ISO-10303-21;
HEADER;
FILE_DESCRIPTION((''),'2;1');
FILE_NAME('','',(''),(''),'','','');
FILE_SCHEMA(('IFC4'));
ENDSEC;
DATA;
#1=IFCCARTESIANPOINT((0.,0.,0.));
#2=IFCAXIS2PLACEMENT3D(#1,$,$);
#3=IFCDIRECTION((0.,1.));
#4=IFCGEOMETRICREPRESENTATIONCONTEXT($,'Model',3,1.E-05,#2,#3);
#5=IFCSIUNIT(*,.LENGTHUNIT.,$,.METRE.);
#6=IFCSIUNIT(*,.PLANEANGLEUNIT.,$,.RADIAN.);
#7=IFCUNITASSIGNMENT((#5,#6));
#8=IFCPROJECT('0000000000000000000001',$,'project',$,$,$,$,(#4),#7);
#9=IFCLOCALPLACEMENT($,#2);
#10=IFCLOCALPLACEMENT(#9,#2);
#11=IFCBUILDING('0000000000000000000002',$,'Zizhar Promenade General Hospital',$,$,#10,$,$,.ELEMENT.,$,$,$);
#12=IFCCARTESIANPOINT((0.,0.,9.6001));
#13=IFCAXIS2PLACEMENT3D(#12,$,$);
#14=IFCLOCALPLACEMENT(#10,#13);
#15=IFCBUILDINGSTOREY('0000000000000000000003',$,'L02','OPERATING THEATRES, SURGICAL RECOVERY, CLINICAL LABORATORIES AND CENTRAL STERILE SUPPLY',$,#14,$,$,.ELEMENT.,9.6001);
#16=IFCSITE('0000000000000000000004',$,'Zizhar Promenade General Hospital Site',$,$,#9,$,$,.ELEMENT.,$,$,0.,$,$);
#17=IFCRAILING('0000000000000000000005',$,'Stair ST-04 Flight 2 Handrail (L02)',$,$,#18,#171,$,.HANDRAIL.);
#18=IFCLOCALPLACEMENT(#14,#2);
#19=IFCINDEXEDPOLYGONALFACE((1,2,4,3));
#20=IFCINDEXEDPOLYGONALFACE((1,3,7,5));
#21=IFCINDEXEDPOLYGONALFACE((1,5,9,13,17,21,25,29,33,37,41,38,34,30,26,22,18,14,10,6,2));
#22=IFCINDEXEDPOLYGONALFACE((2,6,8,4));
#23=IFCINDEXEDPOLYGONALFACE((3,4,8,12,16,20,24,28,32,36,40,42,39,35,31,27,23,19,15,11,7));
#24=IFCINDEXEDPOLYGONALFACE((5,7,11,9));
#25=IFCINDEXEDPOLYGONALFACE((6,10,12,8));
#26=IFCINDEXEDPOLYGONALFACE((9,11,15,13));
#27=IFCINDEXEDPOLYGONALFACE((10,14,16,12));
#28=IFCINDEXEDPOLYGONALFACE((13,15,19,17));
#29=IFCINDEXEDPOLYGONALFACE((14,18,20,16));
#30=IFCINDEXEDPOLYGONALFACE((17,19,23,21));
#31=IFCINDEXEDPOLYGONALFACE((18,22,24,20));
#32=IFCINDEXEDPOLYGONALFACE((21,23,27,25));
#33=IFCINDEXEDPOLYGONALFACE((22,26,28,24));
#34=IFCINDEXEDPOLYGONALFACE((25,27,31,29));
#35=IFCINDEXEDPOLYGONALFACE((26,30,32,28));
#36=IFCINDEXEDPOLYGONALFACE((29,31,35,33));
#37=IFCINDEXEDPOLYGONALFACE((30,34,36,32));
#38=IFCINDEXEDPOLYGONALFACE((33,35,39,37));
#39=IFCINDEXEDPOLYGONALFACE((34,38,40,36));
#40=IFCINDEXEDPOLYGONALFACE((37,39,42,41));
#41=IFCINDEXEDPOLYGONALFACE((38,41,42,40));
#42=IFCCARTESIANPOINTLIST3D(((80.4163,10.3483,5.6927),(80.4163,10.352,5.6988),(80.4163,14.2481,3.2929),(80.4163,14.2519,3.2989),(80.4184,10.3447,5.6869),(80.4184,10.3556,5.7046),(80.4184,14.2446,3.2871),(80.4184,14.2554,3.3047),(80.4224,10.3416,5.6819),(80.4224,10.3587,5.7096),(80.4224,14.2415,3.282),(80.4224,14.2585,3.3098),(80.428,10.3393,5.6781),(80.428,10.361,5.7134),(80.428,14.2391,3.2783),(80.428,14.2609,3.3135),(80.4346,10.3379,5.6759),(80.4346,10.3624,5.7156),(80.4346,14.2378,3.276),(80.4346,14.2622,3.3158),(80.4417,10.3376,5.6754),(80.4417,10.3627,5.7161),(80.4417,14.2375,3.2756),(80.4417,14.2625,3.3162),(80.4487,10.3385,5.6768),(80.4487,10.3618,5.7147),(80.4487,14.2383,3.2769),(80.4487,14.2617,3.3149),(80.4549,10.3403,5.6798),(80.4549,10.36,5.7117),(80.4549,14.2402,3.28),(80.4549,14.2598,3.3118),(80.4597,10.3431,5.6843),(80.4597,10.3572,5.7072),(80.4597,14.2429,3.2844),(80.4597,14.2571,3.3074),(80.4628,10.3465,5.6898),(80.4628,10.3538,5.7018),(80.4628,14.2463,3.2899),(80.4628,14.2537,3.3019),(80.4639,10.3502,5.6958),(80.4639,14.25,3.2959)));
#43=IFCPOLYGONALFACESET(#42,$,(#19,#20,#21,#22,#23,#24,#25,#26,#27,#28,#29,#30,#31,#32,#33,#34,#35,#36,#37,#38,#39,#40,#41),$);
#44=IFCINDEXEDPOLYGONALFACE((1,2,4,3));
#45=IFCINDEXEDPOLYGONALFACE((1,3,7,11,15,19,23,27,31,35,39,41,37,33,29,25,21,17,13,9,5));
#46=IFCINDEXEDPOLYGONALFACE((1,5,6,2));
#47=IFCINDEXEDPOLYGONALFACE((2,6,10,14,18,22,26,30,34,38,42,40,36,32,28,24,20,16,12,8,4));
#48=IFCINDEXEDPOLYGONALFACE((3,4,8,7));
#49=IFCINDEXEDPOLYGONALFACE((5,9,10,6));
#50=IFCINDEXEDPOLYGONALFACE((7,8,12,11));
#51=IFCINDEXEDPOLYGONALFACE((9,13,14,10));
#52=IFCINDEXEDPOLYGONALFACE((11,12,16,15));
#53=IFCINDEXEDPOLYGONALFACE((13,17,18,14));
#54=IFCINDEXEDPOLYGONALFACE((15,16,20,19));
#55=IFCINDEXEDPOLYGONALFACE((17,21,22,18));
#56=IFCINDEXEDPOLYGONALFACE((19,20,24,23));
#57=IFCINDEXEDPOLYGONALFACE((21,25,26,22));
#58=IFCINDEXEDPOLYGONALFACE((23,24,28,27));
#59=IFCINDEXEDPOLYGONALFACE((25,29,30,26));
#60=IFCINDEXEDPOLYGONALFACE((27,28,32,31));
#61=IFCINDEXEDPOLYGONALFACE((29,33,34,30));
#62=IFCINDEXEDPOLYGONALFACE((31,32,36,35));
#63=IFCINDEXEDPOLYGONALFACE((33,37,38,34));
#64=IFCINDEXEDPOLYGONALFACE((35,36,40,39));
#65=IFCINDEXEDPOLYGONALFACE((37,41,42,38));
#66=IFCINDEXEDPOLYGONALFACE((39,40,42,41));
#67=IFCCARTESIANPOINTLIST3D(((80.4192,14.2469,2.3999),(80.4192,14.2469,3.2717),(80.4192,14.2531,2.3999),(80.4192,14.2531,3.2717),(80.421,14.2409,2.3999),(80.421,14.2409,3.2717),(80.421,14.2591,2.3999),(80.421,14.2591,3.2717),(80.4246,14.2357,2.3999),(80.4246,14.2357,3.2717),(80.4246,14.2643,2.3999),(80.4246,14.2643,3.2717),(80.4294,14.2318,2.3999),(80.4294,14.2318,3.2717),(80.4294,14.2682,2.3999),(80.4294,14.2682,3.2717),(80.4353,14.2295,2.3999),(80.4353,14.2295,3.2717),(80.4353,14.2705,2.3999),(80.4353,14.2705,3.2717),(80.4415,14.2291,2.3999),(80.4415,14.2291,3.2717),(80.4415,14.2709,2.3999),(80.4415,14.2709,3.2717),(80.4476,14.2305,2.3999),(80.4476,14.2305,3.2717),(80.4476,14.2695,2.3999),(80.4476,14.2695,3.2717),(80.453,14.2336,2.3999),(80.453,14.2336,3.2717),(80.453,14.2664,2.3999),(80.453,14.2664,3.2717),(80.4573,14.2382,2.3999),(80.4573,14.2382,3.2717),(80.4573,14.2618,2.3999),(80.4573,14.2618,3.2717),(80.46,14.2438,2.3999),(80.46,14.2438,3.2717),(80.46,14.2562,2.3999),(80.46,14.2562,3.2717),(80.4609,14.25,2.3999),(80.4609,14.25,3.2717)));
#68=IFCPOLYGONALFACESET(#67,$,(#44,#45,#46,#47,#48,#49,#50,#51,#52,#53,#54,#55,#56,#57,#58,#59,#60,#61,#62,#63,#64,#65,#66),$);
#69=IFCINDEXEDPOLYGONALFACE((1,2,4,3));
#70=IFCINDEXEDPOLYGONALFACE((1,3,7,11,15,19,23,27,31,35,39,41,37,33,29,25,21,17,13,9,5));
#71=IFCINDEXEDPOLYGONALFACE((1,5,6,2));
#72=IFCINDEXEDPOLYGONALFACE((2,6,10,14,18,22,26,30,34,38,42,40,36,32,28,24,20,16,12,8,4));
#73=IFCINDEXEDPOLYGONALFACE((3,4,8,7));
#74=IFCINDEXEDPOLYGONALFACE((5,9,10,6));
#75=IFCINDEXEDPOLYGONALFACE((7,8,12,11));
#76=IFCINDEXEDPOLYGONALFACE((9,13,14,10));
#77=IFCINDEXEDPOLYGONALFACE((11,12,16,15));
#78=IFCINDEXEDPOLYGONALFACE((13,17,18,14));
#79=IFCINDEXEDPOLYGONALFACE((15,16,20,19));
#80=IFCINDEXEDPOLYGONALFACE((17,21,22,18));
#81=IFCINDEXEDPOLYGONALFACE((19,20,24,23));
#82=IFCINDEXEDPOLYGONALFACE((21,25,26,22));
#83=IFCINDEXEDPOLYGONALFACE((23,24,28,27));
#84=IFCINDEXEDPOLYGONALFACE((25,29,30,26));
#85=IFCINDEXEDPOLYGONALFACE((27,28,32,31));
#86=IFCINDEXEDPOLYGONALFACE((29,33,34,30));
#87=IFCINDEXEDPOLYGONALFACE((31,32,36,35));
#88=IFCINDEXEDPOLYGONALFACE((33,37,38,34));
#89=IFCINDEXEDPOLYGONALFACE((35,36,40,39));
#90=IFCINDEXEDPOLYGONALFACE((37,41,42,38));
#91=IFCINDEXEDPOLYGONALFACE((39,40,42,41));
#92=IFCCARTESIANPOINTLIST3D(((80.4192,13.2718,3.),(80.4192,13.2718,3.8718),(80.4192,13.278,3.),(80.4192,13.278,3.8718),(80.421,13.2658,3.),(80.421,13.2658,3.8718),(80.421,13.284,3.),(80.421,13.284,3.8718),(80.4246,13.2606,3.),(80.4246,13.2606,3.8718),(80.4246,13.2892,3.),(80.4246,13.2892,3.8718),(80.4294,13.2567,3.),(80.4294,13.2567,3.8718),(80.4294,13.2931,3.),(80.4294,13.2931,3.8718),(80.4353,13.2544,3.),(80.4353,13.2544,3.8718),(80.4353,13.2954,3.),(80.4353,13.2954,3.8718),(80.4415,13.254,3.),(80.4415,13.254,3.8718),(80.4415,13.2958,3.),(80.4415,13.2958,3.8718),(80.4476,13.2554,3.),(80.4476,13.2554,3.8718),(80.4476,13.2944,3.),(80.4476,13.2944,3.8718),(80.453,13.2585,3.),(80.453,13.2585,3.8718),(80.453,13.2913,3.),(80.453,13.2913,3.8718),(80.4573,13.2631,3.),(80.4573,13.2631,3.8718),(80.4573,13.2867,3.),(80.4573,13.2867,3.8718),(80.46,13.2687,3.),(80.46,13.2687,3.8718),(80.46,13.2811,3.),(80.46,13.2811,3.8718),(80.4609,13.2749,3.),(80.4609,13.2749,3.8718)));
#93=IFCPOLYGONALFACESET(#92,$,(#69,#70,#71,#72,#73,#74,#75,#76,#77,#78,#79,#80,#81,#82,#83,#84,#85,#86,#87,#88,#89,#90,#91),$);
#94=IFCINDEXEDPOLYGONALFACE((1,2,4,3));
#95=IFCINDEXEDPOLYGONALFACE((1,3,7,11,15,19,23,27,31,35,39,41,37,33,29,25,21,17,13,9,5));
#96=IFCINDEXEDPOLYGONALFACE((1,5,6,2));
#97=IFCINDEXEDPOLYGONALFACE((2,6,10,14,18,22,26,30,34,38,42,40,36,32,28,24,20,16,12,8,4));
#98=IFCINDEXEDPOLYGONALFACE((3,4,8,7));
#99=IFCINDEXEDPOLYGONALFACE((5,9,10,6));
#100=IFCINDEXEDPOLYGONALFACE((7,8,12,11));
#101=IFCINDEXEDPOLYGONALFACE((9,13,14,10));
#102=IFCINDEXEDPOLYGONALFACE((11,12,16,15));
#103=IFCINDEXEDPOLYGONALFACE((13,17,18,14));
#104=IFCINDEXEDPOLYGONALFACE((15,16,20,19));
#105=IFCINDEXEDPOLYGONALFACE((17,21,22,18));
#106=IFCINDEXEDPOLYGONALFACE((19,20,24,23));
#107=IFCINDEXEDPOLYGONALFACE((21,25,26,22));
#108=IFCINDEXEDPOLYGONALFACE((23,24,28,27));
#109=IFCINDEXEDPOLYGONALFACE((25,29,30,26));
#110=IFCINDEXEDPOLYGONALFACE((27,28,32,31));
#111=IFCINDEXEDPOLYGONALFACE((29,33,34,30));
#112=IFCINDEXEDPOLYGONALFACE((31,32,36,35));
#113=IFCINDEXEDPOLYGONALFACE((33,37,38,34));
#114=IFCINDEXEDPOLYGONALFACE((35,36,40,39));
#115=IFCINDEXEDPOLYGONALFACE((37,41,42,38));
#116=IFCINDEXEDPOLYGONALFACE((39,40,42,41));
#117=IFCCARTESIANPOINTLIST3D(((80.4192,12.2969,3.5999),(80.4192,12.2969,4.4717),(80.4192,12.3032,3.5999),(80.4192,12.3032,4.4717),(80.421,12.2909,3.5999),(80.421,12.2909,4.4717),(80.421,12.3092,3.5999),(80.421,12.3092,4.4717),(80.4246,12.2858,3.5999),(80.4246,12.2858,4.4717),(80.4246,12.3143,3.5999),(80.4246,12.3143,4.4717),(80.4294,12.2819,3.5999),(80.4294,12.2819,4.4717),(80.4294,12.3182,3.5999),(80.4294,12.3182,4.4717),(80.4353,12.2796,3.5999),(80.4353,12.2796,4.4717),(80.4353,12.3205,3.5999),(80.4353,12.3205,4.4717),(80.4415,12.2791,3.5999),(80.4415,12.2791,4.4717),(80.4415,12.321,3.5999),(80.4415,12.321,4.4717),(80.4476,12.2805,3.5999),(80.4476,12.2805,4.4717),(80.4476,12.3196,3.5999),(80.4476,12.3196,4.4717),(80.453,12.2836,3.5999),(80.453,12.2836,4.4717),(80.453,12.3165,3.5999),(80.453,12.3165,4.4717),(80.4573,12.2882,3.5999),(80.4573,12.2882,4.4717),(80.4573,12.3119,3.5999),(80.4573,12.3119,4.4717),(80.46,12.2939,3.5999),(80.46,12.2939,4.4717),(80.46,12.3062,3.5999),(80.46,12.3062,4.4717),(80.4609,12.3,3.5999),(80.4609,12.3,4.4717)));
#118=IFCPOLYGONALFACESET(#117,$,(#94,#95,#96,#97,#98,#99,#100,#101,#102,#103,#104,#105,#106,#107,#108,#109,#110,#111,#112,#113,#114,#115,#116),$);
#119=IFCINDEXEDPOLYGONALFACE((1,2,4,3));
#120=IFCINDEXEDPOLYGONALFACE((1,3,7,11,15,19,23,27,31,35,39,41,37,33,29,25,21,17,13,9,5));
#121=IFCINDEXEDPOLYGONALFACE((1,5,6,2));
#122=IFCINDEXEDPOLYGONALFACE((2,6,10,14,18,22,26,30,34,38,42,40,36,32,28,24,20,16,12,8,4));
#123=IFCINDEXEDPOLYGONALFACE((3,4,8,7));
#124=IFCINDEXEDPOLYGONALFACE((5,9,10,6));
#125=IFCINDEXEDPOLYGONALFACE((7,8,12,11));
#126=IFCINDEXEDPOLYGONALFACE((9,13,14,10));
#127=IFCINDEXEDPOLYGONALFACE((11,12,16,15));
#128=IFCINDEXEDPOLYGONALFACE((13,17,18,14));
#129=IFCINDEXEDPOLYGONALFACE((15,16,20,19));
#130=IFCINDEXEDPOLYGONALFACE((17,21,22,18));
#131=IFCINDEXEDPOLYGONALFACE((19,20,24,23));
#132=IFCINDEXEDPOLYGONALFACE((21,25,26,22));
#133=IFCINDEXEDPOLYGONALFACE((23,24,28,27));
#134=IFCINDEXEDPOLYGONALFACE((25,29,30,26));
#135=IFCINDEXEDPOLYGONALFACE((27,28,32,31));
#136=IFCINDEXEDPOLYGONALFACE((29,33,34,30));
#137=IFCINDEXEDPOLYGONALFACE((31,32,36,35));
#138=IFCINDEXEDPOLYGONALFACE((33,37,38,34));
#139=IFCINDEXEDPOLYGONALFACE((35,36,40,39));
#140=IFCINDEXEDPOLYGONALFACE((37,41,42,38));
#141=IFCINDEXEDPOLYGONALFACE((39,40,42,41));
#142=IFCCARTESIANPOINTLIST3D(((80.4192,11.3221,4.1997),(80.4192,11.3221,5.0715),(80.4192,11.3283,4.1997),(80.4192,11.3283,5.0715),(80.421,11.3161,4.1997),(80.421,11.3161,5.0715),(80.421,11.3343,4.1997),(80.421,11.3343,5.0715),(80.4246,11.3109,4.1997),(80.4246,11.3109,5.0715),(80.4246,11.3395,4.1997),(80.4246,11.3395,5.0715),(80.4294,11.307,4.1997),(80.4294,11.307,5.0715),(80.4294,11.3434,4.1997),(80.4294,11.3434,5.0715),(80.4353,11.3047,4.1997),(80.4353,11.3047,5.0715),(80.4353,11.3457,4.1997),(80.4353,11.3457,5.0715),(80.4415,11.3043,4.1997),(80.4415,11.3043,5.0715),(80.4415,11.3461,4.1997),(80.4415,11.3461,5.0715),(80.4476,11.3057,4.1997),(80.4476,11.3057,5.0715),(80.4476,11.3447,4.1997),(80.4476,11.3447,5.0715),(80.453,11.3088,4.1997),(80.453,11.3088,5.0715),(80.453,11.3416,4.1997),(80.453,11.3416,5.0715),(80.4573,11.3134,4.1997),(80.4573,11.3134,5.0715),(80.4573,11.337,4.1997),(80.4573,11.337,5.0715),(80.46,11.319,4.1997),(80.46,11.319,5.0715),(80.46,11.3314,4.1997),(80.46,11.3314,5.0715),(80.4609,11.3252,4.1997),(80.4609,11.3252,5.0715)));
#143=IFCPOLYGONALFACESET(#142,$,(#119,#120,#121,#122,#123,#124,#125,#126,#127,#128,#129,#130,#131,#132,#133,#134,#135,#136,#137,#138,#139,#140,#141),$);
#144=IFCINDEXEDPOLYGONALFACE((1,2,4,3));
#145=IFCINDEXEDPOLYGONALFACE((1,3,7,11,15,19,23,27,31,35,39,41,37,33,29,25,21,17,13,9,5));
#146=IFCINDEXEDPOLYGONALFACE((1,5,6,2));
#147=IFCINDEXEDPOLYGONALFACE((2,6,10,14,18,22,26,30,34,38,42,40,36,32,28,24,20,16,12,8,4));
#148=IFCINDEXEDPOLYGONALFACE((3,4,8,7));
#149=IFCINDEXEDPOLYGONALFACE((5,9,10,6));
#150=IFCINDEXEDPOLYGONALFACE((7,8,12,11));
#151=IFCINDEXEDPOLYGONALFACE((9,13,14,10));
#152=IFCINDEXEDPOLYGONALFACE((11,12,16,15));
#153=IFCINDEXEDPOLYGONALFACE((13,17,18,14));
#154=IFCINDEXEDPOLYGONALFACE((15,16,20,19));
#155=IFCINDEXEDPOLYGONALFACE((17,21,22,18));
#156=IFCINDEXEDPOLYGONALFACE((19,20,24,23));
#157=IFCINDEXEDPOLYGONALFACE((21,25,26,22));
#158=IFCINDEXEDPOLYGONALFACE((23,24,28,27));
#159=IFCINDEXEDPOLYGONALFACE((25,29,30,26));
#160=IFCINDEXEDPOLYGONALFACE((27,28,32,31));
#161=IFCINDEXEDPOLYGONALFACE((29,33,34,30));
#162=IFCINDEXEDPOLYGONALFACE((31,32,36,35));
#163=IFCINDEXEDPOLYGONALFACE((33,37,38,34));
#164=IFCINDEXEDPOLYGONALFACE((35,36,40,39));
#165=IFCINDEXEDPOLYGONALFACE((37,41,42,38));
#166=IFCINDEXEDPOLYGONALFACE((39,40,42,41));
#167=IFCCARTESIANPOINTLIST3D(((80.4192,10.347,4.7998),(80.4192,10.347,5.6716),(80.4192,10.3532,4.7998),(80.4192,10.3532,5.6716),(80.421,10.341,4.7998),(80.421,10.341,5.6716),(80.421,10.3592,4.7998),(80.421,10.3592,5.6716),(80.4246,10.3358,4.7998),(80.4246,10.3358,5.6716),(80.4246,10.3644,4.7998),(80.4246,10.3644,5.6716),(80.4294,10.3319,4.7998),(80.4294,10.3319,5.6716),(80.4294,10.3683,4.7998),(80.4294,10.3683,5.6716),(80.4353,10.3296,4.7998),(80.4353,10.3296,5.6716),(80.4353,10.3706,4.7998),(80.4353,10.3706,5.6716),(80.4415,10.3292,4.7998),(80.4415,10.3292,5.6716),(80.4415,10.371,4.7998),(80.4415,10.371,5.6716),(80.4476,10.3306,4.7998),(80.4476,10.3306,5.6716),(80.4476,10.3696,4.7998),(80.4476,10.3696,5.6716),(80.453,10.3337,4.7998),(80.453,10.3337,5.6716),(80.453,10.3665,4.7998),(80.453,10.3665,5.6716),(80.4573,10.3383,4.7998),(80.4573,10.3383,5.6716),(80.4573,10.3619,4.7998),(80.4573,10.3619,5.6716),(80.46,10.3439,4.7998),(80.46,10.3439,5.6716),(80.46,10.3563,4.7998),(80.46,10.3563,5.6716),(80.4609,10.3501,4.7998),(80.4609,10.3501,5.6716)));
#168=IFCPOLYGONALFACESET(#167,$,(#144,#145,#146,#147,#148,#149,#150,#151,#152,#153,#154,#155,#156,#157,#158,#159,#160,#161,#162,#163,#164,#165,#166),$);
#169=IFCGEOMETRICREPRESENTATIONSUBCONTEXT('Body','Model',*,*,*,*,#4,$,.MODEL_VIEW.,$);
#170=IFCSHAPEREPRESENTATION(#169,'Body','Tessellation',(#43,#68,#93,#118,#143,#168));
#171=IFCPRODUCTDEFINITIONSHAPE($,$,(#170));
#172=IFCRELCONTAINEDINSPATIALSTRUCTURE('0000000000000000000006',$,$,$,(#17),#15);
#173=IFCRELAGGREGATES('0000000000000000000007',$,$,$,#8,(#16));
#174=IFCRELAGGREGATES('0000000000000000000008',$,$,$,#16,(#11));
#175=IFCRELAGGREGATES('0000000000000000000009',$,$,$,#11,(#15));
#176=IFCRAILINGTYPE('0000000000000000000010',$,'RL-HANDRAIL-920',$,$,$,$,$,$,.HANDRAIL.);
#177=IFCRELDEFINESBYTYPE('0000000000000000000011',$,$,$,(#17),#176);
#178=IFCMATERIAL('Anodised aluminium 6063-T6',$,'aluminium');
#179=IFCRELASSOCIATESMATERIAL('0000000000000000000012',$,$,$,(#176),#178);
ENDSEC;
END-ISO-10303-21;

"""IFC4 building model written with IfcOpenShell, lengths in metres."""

from ifc_helpers import new_model, si_unit, direction, frame, origin, origin_2d, place, context, subcontext, project, spatial, circle, hollow_circle, extrude, material, material_profile, profile_set, type_object, element, save


model = new_model("IFC4")

# Units and contexts
model_context = context("Model", 3, precision=1e-05, world=origin(), true_north=direction((0.0, 1.0)))
body_context = subcontext(model_context, "Body", "Model", "MODEL_VIEW")
ifc_project = project(units=[si_unit("LENGTHUNIT", "METRE"), si_unit("PLANEANGLEUNIT", "RADIAN")], contexts=[model_context])

# Site, building, storey
site_placement = place(None, origin())
site = spatial("IfcSite", under=ifc_project, at=site_placement, Name="Zizhar Promenade General Hospital Site", CompositionType="ELEMENT", RefElevation=0.0)
building_placement = place(site_placement, origin())
building = spatial("IfcBuilding", under=site, at=building_placement, Name="Zizhar Promenade General Hospital", CompositionType="ELEMENT")
storey_placement = place(building_placement, frame((0.0, 0.0, 9.6001)))
storey = spatial("IfcBuildingStorey", under=building, at=storey_placement, Name="L02", Description="OPERATING THEATRES, SURGICAL RECOVERY, CLINICAL LABORATORIES AND CENTRAL STERILE SUPPLY", CompositionType="ELEMENT", Elevation=9.6001)

# Railing
ifc_material_1 = material(Name="Anodised aluminium 6063-T6", Category="aluminium")
ifc_material_profile_1 = material_profile(ifc_material_1, hollow_circle(Radius=0.0698, WallThickness=0.0063, at=origin_2d()))
ifc_profile_set_1 = profile_set([ifc_material_profile_1], Name="Anodised aluminium 6063-T6")
railing_type_1 = type_object("IfcRailingType", Name="RL-HANDRAIL-920", PredefinedType="HANDRAIL", material=ifc_profile_set_1)
railing_1_placement = place(storey_placement, frame((80.4399, 14.25, 2.3999)))
element("IfcRailing", 1, at=railing_1_placement, inside=storey, type_object=railing_type_1, Name="Stair ST-04 Flight 2 Handrail (L02)", PredefinedType="HANDRAIL", context=body_context, shape_type="SweptSolid", body=[
    extrude(circle(Radius=0.0239, at=origin_2d()), frame((0.0, 0.0, 0.896), z_axis=(0.0, -0.851662, 0.524091), x_axis=(1.0, 0.0, 0.0)), (0.0, 0.0, 1.0), 4.5791),
    extrude(circle(Radius=0.021, at=origin_2d()), origin(), (0.0, 0.0, 1.0), 0.8718),
    extrude(circle(Radius=0.021, at=origin_2d()), frame((0.0, -0.9751, 0.6001)), (0.0, 0.0, 1.0), 0.8718),
    extrude(circle(Radius=0.021, at=origin_2d()), frame((0.0, -1.95, 1.2)), (0.0, 0.0, 1.0), 0.8718),
    extrude(circle(Radius=0.021, at=origin_2d()), frame((0.0, -2.9248, 1.7998)), (0.0, 0.0, 1.0), 0.8718),
    extrude(circle(Radius=0.021, at=origin_2d()), frame((0.0, -3.8999, 2.3999)), (0.0, 0.0, 1.0), 0.8718),
])

save(model, "model.ifc")
